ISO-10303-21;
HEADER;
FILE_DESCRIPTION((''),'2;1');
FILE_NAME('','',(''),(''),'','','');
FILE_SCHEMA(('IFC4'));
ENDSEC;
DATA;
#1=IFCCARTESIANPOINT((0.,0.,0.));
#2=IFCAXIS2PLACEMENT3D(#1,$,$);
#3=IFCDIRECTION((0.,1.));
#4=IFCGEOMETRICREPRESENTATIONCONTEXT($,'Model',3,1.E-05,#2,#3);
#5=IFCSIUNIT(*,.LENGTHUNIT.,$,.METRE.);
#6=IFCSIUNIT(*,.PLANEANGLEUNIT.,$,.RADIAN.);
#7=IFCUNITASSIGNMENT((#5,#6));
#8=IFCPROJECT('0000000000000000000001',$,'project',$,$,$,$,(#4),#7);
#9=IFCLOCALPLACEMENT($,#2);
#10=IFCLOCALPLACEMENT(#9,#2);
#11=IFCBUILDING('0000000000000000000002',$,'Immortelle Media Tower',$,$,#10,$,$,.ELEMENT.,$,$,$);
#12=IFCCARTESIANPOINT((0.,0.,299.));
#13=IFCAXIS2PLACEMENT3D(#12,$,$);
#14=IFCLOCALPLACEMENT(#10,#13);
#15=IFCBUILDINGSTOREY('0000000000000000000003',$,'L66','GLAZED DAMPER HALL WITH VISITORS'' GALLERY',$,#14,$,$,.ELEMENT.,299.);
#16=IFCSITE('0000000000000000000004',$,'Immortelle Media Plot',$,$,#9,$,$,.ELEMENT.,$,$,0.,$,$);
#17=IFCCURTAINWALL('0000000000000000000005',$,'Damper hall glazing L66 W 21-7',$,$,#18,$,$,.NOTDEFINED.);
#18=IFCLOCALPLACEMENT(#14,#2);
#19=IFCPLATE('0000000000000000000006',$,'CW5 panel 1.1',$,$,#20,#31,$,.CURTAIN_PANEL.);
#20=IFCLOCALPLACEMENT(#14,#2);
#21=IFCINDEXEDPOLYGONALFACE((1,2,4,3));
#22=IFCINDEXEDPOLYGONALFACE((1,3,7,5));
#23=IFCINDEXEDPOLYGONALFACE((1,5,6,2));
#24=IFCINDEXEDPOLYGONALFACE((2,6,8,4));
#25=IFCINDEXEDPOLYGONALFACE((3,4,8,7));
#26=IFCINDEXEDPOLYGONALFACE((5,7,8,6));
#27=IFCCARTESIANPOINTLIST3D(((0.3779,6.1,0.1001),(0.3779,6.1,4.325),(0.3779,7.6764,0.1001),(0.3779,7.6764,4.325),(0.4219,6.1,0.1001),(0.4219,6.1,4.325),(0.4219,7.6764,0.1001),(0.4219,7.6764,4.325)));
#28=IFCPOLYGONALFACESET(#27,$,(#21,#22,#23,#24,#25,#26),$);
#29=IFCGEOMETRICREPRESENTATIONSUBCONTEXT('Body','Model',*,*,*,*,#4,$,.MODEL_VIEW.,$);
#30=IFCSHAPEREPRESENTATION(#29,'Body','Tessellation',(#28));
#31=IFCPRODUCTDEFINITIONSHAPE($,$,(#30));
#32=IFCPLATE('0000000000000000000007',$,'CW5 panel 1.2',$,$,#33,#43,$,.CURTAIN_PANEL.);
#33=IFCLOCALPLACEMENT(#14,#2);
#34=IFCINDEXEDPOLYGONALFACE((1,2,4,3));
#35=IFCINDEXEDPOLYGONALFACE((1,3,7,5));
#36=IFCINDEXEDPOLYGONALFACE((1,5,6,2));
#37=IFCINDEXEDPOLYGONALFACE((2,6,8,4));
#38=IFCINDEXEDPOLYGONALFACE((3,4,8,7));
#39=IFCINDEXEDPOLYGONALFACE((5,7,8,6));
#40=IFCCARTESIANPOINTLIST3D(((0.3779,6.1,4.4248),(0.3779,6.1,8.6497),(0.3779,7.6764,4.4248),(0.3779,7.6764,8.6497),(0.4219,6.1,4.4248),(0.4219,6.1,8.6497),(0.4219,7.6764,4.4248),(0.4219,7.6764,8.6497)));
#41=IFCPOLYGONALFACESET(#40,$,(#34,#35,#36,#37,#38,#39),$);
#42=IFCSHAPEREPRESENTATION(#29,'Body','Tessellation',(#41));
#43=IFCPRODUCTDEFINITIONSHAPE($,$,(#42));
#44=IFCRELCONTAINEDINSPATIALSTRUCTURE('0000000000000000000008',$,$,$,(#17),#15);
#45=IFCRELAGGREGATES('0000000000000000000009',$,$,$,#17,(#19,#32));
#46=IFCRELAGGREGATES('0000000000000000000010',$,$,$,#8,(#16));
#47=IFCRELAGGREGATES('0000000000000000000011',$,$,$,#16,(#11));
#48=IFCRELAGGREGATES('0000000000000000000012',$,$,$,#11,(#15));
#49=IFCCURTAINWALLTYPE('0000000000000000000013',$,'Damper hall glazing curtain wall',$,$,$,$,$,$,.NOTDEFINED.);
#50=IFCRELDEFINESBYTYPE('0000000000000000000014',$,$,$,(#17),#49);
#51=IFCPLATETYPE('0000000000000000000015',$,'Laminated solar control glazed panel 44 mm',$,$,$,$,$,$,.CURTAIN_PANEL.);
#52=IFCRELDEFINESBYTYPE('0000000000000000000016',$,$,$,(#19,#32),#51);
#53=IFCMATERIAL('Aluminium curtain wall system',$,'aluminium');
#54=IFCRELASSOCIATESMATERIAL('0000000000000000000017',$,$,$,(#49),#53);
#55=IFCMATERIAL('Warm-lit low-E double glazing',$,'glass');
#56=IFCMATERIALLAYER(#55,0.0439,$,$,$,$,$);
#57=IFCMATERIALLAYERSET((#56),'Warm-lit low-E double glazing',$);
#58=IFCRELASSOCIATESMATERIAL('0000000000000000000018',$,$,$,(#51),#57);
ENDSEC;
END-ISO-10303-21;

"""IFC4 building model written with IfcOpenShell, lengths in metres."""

from ifc_helpers import new_model, si_unit, direction, frame, origin, origin_2d, place, context, subcontext, project, spatial, rectangle, extrude, material, layer, layer_set, type_object, element, aggregate, save


model = new_model("IFC4")

# Units and contexts
model_context = context("Model", 3, precision=1e-05, world=origin(), true_north=direction((0.0, 1.0)))
body_context = subcontext(model_context, "Body", "Model", "MODEL_VIEW")
ifc_project = project(units=[si_unit("LENGTHUNIT", "METRE"), si_unit("PLANEANGLEUNIT", "RADIAN")], contexts=[model_context])

# Site, building, storey
site_placement = place(None, origin())
site = spatial("IfcSite", under=ifc_project, at=site_placement, Name="Immortelle Media Plot", CompositionType="ELEMENT", RefElevation=0.0)
building_placement = place(site_placement, origin())
building = spatial("IfcBuilding", under=site, at=building_placement, Name="Immortelle Media Tower", CompositionType="ELEMENT")
storey_placement = place(building_placement, frame((0.0, 0.0, 299.0)))
storey = spatial("IfcBuildingStorey", under=building, at=storey_placement, Name="L66", Description="GLAZED DAMPER HALL WITH VISITORS' GALLERY", CompositionType="ELEMENT", Elevation=299.0)

# Shared definitions
ifc_material_1 = material(Name="Aluminium curtain wall system", Category="aluminium")
curtain_wall_type = type_object("IfcCurtainWallType", Name="Damper hall glazing curtain wall", PredefinedType="NOTDEFINED", material=ifc_material_1)

# Curtain wall
curtain_wall_1_placement = place(storey_placement, origin())
curtain_wall_1 = element("IfcCurtainWall", 1, at=curtain_wall_1_placement, inside=storey, type_object=curtain_wall_type, Name="Damper hall glazing L66 W 21-7", PredefinedType="NOTDEFINED")

# Plates
ifc_material_2 = material(Name="Warm-lit low-E double glazing", Category="glass")
ifc_layer = layer(ifc_material_2, 0.0439)
ifc_layer_set = layer_set([ifc_layer], Name="Warm-lit low-E double glazing")
plate_type = type_object("IfcPlateType", Name="Laminated solar control glazed panel 44 mm", PredefinedType="CURTAIN_PANEL", material=ifc_layer_set)
plate_1_placement = place(storey_placement, frame((0.3999, 6.8882, 0.1001), z_axis=(0.0, 0.0, 1.0), x_axis=(0.0, -1.0, 0.0)))
plate_1 = element("IfcPlate", 2, at=plate_1_placement, type_object=plate_type, Name="CW5 panel 1.1", PredefinedType="CURTAIN_PANEL", context=body_context, shape_type="SweptSolid", body=[
    extrude(rectangle(XDim=1.5764, YDim=0.0439, at=origin_2d()), origin(), (0.0, 0.0, 1.0), 4.2249),
])
plate_2_placement = place(storey_placement, frame((0.3999, 6.8882, 4.4248), z_axis=(0.0, 0.0, 1.0), x_axis=(0.0, -1.0, 0.0)))
plate_2 = element("IfcPlate", 3, at=plate_2_placement, type_object=plate_type, Name="CW5 panel 1.2", PredefinedType="CURTAIN_PANEL", context=body_context, shape_type="SweptSolid", body=[
    extrude(rectangle(XDim=1.5764, YDim=0.0439, at=origin_2d()), origin(), (0.0, 0.0, 1.0), 4.2249),
])
aggregate(curtain_wall_1, [plate_1, plate_2])

save(model, "model.ifc")
